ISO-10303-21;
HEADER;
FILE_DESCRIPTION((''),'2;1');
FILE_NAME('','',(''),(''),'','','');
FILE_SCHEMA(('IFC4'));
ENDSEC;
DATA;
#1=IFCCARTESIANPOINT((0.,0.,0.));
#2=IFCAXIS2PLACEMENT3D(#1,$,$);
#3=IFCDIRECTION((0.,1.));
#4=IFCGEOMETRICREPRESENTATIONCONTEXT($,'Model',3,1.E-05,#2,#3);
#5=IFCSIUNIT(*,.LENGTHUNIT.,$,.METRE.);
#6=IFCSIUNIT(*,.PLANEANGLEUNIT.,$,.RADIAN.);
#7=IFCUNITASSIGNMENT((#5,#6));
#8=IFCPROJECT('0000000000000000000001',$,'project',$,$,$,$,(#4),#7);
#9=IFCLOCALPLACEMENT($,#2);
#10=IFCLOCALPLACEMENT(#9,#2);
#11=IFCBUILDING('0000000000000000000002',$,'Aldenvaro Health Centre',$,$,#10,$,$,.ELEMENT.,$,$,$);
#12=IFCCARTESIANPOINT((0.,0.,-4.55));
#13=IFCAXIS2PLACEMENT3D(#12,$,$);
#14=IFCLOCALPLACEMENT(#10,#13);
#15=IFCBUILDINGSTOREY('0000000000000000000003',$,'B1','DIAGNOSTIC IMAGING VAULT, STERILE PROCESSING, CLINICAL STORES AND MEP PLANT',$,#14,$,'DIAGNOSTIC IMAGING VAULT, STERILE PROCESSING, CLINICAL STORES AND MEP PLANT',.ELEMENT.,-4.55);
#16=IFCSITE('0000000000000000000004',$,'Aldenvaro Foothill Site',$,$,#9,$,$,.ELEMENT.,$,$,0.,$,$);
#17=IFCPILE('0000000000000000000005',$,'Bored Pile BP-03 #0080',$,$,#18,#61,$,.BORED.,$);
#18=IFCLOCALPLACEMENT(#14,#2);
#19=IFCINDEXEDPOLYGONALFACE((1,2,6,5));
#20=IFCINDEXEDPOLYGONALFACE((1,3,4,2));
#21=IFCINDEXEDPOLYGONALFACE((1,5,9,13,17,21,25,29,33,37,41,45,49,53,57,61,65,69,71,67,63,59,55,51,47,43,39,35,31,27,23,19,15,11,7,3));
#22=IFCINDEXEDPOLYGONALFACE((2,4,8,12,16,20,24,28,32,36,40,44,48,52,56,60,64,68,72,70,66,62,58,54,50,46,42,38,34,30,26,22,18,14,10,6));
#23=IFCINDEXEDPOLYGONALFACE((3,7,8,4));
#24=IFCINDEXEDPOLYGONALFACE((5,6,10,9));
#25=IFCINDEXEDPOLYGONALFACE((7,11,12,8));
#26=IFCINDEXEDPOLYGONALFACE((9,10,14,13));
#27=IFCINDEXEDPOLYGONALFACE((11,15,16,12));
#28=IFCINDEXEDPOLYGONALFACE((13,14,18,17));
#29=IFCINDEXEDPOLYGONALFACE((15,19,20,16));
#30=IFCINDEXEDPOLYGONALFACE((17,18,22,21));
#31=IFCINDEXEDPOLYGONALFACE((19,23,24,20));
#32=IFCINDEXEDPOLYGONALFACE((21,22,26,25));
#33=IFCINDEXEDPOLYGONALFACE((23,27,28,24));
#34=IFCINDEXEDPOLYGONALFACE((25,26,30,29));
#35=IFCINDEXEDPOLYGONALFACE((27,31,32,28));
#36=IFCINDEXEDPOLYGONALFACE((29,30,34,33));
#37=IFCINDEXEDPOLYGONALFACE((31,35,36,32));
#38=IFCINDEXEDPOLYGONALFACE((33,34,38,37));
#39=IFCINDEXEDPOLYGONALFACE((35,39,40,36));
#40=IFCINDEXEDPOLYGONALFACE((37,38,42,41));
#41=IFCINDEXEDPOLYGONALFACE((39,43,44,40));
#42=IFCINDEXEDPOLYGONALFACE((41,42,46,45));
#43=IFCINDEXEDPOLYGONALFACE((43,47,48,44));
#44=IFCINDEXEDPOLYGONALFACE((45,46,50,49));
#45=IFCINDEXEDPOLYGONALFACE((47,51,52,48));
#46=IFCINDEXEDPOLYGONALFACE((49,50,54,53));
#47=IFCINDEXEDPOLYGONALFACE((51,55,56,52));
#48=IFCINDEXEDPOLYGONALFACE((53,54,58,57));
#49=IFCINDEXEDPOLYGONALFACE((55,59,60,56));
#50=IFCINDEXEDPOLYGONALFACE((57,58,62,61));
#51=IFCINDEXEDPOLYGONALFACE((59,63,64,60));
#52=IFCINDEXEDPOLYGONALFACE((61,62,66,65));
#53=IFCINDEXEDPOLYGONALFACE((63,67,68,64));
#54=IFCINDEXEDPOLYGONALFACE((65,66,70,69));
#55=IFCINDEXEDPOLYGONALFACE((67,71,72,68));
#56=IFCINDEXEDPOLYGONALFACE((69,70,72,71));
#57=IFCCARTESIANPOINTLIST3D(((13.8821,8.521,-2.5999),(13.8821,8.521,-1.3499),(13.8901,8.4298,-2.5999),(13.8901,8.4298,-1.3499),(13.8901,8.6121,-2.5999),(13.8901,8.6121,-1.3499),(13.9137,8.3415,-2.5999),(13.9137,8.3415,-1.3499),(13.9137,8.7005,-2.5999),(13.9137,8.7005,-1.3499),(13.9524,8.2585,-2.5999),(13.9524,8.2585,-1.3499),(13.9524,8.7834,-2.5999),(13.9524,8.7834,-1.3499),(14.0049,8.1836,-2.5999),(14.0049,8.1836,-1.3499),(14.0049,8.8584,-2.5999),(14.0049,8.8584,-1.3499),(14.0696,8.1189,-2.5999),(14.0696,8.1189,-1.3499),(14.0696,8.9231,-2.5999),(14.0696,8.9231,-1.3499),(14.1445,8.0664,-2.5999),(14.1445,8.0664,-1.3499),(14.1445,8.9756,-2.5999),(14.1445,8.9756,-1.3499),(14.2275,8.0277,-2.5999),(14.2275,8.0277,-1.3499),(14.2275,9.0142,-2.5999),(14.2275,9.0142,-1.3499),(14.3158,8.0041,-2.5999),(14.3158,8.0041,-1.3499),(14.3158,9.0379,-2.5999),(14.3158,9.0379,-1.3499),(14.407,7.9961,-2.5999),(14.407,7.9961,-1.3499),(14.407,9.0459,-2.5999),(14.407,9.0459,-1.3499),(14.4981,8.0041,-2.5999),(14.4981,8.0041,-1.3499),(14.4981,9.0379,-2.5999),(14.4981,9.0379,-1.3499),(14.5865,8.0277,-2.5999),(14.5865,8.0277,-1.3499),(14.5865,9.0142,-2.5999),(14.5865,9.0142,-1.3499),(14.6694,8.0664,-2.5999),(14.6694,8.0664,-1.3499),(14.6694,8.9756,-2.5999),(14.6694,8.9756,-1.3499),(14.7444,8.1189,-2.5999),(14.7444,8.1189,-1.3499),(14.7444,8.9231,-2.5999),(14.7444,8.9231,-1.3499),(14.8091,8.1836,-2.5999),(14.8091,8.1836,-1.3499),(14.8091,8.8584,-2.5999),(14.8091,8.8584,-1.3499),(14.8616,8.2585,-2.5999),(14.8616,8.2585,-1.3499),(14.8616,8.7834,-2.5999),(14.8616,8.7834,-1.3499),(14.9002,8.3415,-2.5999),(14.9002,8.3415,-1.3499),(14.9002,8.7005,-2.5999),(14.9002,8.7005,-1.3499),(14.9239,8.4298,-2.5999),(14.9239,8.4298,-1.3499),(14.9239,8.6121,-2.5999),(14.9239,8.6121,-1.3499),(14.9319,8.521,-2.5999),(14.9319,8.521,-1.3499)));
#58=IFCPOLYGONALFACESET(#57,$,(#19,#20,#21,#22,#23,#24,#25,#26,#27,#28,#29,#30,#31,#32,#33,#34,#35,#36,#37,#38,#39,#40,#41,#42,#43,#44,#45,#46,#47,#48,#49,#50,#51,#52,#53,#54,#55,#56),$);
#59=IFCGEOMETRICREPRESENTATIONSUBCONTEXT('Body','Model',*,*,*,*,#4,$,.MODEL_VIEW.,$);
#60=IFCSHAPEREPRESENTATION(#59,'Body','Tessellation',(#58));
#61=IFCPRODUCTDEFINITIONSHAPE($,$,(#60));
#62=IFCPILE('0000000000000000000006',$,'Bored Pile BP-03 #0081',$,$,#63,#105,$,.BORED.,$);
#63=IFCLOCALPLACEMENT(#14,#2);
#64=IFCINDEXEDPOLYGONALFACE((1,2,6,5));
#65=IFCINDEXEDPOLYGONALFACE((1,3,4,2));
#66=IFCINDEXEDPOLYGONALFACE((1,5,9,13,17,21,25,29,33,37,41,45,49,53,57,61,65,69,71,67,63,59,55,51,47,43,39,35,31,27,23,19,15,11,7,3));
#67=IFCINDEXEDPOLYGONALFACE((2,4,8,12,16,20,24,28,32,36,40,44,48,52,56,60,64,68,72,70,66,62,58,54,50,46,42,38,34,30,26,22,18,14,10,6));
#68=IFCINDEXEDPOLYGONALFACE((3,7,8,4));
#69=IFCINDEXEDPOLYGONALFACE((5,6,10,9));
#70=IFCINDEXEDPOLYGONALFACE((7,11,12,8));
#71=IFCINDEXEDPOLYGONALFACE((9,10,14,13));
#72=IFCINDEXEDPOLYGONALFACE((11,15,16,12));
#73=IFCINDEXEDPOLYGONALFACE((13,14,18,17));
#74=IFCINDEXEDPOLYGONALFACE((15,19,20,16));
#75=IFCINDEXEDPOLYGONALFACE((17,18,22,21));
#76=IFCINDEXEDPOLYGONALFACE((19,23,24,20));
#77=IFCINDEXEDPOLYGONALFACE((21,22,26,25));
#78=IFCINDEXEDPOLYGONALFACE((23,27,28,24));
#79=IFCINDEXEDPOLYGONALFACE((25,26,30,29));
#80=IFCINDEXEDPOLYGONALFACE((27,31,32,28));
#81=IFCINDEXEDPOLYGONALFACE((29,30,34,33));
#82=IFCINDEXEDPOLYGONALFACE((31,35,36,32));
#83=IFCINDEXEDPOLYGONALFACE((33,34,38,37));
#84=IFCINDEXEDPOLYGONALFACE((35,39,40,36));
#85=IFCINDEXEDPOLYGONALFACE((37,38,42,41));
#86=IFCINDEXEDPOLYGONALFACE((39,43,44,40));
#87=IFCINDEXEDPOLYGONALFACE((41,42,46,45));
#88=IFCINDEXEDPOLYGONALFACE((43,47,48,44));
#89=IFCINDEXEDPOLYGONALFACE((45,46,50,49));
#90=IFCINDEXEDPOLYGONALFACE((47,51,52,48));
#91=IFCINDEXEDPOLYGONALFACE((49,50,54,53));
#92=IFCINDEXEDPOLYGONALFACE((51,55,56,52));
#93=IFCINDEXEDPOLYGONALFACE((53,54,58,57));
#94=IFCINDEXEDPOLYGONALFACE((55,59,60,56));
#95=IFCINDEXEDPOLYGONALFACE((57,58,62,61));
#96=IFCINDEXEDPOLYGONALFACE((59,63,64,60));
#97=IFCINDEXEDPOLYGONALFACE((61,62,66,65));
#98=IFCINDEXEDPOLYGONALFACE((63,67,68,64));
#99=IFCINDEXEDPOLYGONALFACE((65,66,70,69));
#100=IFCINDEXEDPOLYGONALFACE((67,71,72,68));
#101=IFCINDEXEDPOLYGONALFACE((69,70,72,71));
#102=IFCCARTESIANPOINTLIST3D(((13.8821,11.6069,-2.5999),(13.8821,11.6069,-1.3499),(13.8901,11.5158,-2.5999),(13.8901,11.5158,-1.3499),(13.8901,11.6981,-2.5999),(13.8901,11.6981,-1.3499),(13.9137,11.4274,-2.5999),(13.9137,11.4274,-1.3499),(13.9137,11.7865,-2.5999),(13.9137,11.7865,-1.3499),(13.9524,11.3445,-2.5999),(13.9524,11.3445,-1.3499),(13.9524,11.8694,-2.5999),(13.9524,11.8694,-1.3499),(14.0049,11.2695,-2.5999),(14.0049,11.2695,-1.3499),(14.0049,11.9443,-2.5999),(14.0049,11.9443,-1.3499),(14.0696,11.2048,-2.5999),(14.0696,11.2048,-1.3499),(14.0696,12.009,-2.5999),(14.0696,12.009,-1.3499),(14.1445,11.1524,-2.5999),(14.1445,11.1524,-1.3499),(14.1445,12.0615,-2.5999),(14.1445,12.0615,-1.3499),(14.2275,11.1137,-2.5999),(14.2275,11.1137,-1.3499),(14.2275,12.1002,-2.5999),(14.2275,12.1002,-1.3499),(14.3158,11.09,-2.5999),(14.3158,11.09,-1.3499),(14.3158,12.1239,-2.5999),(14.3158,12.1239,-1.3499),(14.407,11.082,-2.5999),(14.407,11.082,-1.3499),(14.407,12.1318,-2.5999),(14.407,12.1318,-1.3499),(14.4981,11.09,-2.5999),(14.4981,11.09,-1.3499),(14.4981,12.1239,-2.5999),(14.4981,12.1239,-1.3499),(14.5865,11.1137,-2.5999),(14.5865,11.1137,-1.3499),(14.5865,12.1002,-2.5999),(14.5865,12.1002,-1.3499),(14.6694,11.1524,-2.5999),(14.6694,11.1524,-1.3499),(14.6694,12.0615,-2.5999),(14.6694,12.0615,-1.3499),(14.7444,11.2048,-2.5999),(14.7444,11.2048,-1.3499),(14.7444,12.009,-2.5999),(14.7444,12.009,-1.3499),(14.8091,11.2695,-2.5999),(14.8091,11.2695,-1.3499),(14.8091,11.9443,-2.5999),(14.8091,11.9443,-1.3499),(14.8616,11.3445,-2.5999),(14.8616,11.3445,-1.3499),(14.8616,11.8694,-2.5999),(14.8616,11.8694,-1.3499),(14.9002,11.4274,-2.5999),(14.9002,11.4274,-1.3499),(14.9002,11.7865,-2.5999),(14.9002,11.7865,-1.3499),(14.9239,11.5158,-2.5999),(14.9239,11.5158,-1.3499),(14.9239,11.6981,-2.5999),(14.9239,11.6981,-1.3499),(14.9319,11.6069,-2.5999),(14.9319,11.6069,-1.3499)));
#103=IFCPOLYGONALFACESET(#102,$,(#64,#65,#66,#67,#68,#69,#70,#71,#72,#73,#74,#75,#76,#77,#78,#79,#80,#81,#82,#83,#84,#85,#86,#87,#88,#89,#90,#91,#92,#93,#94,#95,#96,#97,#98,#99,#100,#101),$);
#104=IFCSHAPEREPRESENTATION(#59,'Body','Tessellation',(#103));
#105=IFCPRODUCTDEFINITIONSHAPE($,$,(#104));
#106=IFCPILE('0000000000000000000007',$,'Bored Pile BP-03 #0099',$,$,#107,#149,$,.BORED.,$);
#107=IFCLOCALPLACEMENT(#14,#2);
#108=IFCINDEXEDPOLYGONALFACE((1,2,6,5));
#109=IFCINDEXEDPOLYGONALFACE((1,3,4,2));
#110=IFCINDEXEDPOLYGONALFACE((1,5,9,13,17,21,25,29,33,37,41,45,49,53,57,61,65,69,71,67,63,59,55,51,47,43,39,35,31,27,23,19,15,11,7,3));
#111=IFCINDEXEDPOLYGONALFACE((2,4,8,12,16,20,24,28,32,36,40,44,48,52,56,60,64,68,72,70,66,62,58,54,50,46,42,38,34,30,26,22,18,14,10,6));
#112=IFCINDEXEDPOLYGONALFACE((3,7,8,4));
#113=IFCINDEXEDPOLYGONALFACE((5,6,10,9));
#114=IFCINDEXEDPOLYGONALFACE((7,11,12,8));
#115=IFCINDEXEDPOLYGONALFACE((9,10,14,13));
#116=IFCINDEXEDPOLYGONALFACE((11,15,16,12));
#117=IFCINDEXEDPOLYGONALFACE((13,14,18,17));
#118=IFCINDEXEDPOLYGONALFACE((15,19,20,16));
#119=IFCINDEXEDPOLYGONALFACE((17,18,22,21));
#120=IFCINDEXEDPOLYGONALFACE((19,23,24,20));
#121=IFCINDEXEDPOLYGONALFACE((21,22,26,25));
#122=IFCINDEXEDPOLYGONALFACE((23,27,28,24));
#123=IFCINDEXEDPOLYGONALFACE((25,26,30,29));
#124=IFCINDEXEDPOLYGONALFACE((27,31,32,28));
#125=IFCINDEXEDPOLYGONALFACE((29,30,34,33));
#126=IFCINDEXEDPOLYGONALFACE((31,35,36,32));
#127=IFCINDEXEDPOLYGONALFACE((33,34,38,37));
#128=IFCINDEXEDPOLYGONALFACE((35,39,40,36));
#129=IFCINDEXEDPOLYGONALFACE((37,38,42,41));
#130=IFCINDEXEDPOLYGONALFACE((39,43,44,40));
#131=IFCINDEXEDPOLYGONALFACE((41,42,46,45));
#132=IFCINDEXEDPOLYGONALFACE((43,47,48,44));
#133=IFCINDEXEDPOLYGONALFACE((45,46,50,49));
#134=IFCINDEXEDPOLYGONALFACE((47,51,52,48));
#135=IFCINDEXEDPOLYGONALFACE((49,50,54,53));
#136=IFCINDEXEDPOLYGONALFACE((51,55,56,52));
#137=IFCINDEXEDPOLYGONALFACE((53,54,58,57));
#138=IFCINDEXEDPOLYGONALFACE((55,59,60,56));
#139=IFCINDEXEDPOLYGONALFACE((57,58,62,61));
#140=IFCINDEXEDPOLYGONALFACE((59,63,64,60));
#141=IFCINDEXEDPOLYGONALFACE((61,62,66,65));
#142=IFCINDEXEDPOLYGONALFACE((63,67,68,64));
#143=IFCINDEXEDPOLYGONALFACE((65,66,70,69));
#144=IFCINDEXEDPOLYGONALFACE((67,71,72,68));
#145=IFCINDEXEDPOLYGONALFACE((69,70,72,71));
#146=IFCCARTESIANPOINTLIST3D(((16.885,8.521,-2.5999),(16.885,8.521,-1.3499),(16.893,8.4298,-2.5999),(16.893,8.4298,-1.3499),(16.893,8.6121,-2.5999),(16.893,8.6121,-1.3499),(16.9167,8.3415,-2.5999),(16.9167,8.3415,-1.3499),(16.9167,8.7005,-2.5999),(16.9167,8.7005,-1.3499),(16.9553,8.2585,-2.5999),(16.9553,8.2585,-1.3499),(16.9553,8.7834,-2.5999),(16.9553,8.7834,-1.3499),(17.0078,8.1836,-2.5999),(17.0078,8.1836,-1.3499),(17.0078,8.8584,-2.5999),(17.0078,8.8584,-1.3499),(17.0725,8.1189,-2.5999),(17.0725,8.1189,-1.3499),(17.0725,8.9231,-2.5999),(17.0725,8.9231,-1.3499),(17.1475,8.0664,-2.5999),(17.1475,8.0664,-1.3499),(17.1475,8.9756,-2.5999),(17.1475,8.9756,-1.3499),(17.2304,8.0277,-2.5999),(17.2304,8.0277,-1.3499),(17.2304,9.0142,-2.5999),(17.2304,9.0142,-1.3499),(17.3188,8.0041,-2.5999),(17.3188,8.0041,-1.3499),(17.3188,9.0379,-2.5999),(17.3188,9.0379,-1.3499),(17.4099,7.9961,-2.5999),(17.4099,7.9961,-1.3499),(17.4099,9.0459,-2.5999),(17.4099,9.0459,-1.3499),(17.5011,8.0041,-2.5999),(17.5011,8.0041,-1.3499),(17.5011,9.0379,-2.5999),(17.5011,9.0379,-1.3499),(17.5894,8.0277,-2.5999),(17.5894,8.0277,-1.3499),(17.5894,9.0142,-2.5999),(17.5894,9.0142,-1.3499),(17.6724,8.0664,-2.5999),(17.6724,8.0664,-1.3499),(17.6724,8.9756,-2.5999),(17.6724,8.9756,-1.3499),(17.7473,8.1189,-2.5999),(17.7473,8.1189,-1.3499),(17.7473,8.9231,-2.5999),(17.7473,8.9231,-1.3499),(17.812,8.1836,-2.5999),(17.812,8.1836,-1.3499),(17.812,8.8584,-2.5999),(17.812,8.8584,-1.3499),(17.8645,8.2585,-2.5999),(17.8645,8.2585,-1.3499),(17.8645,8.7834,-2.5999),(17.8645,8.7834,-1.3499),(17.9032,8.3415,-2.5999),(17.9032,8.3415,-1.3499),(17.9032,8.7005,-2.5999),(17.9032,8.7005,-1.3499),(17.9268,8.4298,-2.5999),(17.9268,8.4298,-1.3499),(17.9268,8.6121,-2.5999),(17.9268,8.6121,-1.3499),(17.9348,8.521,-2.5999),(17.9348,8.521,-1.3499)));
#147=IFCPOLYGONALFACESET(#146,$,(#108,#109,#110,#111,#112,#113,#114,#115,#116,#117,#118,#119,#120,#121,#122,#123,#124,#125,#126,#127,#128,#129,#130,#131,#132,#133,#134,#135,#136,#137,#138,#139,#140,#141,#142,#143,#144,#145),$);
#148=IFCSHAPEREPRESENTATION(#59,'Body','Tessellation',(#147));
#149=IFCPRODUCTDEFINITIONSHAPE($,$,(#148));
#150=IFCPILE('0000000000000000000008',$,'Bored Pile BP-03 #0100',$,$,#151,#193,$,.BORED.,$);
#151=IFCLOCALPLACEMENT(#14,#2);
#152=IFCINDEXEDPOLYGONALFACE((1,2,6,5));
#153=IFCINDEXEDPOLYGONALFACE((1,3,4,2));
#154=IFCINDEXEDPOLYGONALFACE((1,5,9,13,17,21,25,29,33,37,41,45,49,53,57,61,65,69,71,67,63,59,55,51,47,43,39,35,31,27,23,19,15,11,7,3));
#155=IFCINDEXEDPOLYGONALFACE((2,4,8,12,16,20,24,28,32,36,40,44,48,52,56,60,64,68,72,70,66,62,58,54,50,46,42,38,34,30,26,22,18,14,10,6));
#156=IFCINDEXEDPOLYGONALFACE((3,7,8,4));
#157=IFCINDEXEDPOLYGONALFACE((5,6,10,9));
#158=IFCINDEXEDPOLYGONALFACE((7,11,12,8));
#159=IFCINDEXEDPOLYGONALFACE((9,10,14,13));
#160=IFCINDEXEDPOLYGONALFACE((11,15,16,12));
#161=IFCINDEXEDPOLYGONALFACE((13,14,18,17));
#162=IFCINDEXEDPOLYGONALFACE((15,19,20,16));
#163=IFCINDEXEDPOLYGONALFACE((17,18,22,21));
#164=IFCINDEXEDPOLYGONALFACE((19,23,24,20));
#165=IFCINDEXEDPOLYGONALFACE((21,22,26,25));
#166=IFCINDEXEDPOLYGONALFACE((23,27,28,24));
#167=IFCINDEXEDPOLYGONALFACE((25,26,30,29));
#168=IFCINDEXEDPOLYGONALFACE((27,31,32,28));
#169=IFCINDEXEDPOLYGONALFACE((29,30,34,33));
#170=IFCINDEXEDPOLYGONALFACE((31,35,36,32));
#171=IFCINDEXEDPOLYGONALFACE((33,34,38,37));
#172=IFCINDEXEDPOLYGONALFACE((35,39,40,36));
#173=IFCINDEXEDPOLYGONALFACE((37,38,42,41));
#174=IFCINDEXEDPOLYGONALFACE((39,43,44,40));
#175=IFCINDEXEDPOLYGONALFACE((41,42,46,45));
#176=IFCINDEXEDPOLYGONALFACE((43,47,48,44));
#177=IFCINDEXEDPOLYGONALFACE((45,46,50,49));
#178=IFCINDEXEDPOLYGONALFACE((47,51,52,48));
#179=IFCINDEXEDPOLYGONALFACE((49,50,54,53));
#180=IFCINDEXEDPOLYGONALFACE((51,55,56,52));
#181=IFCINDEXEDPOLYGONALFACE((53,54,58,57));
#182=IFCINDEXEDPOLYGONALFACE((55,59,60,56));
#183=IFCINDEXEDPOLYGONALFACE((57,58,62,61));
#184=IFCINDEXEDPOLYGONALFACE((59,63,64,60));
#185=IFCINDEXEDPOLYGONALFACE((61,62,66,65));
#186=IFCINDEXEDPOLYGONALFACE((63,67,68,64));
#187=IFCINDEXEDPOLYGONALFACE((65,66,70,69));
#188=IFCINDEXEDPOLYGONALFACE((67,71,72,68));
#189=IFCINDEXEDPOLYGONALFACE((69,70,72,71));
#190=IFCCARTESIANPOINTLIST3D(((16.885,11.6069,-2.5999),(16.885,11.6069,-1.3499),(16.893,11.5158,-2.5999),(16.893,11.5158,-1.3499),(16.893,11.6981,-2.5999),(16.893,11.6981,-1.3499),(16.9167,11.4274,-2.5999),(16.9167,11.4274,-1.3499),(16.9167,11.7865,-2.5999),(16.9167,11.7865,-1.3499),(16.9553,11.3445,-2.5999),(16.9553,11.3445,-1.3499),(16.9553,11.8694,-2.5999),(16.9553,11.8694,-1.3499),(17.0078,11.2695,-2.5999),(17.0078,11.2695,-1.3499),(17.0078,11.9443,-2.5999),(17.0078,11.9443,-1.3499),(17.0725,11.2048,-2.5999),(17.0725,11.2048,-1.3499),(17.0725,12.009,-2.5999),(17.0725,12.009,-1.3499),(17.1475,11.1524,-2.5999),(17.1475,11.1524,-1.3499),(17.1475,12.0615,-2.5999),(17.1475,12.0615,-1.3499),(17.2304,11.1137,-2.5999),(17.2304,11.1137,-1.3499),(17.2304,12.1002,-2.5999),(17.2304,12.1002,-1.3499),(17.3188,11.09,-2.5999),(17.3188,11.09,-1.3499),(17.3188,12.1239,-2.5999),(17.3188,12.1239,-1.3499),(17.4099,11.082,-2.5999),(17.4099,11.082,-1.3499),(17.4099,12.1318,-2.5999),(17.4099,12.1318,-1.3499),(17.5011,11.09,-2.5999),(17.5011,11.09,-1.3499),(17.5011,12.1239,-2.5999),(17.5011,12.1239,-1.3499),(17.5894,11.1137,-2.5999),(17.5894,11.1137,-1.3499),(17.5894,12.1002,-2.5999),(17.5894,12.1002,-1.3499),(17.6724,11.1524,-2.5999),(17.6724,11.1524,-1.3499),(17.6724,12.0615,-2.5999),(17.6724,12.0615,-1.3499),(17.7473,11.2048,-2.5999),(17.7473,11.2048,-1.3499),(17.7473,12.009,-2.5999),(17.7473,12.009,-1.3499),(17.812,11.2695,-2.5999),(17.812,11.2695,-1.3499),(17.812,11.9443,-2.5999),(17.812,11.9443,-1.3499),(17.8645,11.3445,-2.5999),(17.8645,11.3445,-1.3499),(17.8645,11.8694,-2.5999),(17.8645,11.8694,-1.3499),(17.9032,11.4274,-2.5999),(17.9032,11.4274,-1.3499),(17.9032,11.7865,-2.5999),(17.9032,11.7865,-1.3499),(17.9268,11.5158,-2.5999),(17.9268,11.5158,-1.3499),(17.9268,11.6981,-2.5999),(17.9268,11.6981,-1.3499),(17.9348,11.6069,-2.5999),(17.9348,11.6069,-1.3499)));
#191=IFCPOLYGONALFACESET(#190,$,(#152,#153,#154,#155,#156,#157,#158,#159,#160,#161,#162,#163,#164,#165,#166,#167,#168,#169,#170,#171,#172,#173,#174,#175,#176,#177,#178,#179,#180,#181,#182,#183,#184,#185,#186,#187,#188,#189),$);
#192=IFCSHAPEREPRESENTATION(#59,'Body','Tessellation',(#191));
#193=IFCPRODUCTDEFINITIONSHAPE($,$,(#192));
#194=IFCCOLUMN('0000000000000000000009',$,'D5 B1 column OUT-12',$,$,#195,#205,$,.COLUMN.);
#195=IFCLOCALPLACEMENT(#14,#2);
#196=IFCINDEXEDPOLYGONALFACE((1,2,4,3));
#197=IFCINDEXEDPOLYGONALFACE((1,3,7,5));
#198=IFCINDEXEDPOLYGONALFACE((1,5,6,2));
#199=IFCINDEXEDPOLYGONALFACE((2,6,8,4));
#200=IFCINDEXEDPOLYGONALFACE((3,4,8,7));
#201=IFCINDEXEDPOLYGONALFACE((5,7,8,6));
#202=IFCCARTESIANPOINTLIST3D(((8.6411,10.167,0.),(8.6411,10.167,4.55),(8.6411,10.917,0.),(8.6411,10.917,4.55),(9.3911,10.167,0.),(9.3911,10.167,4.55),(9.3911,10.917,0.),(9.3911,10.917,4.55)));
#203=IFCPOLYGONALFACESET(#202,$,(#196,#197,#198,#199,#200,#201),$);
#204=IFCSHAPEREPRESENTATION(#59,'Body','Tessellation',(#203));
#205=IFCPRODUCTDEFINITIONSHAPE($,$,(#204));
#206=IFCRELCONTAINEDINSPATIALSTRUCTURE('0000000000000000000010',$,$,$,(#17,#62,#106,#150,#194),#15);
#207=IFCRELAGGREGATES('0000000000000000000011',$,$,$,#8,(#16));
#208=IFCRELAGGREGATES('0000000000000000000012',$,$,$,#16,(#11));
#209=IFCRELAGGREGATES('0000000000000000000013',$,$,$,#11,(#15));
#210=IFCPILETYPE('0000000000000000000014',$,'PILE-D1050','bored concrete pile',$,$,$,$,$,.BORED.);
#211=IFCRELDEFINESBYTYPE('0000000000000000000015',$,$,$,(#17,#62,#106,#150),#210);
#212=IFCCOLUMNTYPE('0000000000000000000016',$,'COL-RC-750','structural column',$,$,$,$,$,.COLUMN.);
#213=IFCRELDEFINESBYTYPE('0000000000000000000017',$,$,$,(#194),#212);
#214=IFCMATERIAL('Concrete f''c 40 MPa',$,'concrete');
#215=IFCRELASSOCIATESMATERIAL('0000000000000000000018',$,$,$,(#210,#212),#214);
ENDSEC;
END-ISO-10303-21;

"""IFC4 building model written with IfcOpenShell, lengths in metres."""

from ifc_helpers import new_model, si_unit, direction, frame, origin, origin_2d, place, context, subcontext, project, spatial, rectangle, circle, extrude, material, material_profile, profile_set, type_object, element, save


model = new_model("IFC4")

# Units and contexts
model_context = context("Model", 3, precision=1e-05, world=origin(), true_north=direction((0.0, 1.0)))
body_context = subcontext(model_context, "Body", "Model", "MODEL_VIEW")
ifc_project = project(units=[si_unit("LENGTHUNIT", "METRE"), si_unit("PLANEANGLEUNIT", "RADIAN")], contexts=[model_context])

# Site, building, storey
site_placement = place(None, origin())
site = spatial("IfcSite", under=ifc_project, at=site_placement, Name="Aldenvaro Foothill Site", CompositionType="ELEMENT", RefElevation=0.0)
building_placement = place(site_placement, origin())
building = spatial("IfcBuilding", under=site, at=building_placement, Name="Aldenvaro Health Centre", CompositionType="ELEMENT")
storey_placement = place(building_placement, frame((0.0, 0.0, -4.55)))
storey = spatial("IfcBuildingStorey", under=building, at=storey_placement, Name="B1", Description="DIAGNOSTIC IMAGING VAULT, STERILE PROCESSING, CLINICAL STORES AND MEP PLANT", LongName="DIAGNOSTIC IMAGING VAULT, STERILE PROCESSING, CLINICAL STORES AND MEP PLANT", CompositionType="ELEMENT", Elevation=-4.55)

# Piles
ifc_material_1 = material(Name="Concrete f'c 40 MPa", Category="concrete")
ifc_material_profile_1 = material_profile(ifc_material_1, circle(Radius=0.5249, at=origin_2d()), Name="PILE D1050", Category="concrete")
ifc_profile_set_1 = profile_set([ifc_material_profile_1], Name="Concrete f'c 40 MPa")
pile_type = type_object("IfcPileType", Name="PILE-D1050", Description="bored concrete pile", PredefinedType="BORED", material=ifc_profile_set_1)
for number, where, z_axis, x_axis, name in (
    (1, (14.407, 8.521, -1.3499), (0.0, 0.0, -1.0), (1.0, 0.0, 0.0), "Bored Pile BP-03 #0080"),
    (2, (14.407, 11.6069, -1.3499), (0.0, 0.0, -1.0), (1.0, 0.0, 0.0), "Bored Pile BP-03 #0081"),
    (3, (17.4099, 8.521, -1.3499), (0.0, 0.0, -1.0), (1.0, 0.0, 0.0), "Bored Pile BP-03 #0099"),
    (4, (17.4099, 11.6069, -1.3499), (0.0, 0.0, -1.0), (1.0, 0.0, 0.0), "Bored Pile BP-03 #0100"),
):
    element("IfcPile", number, at=place(storey_placement, frame(where, z_axis=z_axis, x_axis=x_axis)), inside=storey, type_object=pile_type, Name=name, PredefinedType="BORED", context=body_context, shape_type="SweptSolid", body=[
        extrude(circle(Radius=0.5249, at=origin_2d()), origin(), (0.0, 0.0, 1.0), 1.25),
    ])

# Column
ifc_material_profile_2 = material_profile(ifc_material_1, rectangle(XDim=0.75, YDim=0.75, at=origin_2d()), Name="RC 750x750", Category="concrete")
ifc_profile_set_2 = profile_set([ifc_material_profile_2], Name="Concrete f'c 40 MPa")
column_type = type_object("IfcColumnType", Name="COL-RC-750", Description="structural column", PredefinedType="COLUMN", material=ifc_profile_set_2)
for number, where, z_axis, x_axis, name in (
    (5, (9.0161, 10.542, 0.0), (0.0, 0.0, 1.0), (1.0, 0.0, 0.0), "D5 B1 column OUT-12"),
):
    element("IfcColumn", number, at=place(storey_placement, frame(where, z_axis=z_axis, x_axis=x_axis)), inside=storey, type_object=column_type, Name=name, PredefinedType="COLUMN", context=body_context, shape_type="SweptSolid", body=[
        extrude(rectangle(XDim=0.75, YDim=0.75, at=origin_2d()), origin(), (0.0, 0.0, 1.0), 4.55),
    ])

save(model, "model.ifc")
